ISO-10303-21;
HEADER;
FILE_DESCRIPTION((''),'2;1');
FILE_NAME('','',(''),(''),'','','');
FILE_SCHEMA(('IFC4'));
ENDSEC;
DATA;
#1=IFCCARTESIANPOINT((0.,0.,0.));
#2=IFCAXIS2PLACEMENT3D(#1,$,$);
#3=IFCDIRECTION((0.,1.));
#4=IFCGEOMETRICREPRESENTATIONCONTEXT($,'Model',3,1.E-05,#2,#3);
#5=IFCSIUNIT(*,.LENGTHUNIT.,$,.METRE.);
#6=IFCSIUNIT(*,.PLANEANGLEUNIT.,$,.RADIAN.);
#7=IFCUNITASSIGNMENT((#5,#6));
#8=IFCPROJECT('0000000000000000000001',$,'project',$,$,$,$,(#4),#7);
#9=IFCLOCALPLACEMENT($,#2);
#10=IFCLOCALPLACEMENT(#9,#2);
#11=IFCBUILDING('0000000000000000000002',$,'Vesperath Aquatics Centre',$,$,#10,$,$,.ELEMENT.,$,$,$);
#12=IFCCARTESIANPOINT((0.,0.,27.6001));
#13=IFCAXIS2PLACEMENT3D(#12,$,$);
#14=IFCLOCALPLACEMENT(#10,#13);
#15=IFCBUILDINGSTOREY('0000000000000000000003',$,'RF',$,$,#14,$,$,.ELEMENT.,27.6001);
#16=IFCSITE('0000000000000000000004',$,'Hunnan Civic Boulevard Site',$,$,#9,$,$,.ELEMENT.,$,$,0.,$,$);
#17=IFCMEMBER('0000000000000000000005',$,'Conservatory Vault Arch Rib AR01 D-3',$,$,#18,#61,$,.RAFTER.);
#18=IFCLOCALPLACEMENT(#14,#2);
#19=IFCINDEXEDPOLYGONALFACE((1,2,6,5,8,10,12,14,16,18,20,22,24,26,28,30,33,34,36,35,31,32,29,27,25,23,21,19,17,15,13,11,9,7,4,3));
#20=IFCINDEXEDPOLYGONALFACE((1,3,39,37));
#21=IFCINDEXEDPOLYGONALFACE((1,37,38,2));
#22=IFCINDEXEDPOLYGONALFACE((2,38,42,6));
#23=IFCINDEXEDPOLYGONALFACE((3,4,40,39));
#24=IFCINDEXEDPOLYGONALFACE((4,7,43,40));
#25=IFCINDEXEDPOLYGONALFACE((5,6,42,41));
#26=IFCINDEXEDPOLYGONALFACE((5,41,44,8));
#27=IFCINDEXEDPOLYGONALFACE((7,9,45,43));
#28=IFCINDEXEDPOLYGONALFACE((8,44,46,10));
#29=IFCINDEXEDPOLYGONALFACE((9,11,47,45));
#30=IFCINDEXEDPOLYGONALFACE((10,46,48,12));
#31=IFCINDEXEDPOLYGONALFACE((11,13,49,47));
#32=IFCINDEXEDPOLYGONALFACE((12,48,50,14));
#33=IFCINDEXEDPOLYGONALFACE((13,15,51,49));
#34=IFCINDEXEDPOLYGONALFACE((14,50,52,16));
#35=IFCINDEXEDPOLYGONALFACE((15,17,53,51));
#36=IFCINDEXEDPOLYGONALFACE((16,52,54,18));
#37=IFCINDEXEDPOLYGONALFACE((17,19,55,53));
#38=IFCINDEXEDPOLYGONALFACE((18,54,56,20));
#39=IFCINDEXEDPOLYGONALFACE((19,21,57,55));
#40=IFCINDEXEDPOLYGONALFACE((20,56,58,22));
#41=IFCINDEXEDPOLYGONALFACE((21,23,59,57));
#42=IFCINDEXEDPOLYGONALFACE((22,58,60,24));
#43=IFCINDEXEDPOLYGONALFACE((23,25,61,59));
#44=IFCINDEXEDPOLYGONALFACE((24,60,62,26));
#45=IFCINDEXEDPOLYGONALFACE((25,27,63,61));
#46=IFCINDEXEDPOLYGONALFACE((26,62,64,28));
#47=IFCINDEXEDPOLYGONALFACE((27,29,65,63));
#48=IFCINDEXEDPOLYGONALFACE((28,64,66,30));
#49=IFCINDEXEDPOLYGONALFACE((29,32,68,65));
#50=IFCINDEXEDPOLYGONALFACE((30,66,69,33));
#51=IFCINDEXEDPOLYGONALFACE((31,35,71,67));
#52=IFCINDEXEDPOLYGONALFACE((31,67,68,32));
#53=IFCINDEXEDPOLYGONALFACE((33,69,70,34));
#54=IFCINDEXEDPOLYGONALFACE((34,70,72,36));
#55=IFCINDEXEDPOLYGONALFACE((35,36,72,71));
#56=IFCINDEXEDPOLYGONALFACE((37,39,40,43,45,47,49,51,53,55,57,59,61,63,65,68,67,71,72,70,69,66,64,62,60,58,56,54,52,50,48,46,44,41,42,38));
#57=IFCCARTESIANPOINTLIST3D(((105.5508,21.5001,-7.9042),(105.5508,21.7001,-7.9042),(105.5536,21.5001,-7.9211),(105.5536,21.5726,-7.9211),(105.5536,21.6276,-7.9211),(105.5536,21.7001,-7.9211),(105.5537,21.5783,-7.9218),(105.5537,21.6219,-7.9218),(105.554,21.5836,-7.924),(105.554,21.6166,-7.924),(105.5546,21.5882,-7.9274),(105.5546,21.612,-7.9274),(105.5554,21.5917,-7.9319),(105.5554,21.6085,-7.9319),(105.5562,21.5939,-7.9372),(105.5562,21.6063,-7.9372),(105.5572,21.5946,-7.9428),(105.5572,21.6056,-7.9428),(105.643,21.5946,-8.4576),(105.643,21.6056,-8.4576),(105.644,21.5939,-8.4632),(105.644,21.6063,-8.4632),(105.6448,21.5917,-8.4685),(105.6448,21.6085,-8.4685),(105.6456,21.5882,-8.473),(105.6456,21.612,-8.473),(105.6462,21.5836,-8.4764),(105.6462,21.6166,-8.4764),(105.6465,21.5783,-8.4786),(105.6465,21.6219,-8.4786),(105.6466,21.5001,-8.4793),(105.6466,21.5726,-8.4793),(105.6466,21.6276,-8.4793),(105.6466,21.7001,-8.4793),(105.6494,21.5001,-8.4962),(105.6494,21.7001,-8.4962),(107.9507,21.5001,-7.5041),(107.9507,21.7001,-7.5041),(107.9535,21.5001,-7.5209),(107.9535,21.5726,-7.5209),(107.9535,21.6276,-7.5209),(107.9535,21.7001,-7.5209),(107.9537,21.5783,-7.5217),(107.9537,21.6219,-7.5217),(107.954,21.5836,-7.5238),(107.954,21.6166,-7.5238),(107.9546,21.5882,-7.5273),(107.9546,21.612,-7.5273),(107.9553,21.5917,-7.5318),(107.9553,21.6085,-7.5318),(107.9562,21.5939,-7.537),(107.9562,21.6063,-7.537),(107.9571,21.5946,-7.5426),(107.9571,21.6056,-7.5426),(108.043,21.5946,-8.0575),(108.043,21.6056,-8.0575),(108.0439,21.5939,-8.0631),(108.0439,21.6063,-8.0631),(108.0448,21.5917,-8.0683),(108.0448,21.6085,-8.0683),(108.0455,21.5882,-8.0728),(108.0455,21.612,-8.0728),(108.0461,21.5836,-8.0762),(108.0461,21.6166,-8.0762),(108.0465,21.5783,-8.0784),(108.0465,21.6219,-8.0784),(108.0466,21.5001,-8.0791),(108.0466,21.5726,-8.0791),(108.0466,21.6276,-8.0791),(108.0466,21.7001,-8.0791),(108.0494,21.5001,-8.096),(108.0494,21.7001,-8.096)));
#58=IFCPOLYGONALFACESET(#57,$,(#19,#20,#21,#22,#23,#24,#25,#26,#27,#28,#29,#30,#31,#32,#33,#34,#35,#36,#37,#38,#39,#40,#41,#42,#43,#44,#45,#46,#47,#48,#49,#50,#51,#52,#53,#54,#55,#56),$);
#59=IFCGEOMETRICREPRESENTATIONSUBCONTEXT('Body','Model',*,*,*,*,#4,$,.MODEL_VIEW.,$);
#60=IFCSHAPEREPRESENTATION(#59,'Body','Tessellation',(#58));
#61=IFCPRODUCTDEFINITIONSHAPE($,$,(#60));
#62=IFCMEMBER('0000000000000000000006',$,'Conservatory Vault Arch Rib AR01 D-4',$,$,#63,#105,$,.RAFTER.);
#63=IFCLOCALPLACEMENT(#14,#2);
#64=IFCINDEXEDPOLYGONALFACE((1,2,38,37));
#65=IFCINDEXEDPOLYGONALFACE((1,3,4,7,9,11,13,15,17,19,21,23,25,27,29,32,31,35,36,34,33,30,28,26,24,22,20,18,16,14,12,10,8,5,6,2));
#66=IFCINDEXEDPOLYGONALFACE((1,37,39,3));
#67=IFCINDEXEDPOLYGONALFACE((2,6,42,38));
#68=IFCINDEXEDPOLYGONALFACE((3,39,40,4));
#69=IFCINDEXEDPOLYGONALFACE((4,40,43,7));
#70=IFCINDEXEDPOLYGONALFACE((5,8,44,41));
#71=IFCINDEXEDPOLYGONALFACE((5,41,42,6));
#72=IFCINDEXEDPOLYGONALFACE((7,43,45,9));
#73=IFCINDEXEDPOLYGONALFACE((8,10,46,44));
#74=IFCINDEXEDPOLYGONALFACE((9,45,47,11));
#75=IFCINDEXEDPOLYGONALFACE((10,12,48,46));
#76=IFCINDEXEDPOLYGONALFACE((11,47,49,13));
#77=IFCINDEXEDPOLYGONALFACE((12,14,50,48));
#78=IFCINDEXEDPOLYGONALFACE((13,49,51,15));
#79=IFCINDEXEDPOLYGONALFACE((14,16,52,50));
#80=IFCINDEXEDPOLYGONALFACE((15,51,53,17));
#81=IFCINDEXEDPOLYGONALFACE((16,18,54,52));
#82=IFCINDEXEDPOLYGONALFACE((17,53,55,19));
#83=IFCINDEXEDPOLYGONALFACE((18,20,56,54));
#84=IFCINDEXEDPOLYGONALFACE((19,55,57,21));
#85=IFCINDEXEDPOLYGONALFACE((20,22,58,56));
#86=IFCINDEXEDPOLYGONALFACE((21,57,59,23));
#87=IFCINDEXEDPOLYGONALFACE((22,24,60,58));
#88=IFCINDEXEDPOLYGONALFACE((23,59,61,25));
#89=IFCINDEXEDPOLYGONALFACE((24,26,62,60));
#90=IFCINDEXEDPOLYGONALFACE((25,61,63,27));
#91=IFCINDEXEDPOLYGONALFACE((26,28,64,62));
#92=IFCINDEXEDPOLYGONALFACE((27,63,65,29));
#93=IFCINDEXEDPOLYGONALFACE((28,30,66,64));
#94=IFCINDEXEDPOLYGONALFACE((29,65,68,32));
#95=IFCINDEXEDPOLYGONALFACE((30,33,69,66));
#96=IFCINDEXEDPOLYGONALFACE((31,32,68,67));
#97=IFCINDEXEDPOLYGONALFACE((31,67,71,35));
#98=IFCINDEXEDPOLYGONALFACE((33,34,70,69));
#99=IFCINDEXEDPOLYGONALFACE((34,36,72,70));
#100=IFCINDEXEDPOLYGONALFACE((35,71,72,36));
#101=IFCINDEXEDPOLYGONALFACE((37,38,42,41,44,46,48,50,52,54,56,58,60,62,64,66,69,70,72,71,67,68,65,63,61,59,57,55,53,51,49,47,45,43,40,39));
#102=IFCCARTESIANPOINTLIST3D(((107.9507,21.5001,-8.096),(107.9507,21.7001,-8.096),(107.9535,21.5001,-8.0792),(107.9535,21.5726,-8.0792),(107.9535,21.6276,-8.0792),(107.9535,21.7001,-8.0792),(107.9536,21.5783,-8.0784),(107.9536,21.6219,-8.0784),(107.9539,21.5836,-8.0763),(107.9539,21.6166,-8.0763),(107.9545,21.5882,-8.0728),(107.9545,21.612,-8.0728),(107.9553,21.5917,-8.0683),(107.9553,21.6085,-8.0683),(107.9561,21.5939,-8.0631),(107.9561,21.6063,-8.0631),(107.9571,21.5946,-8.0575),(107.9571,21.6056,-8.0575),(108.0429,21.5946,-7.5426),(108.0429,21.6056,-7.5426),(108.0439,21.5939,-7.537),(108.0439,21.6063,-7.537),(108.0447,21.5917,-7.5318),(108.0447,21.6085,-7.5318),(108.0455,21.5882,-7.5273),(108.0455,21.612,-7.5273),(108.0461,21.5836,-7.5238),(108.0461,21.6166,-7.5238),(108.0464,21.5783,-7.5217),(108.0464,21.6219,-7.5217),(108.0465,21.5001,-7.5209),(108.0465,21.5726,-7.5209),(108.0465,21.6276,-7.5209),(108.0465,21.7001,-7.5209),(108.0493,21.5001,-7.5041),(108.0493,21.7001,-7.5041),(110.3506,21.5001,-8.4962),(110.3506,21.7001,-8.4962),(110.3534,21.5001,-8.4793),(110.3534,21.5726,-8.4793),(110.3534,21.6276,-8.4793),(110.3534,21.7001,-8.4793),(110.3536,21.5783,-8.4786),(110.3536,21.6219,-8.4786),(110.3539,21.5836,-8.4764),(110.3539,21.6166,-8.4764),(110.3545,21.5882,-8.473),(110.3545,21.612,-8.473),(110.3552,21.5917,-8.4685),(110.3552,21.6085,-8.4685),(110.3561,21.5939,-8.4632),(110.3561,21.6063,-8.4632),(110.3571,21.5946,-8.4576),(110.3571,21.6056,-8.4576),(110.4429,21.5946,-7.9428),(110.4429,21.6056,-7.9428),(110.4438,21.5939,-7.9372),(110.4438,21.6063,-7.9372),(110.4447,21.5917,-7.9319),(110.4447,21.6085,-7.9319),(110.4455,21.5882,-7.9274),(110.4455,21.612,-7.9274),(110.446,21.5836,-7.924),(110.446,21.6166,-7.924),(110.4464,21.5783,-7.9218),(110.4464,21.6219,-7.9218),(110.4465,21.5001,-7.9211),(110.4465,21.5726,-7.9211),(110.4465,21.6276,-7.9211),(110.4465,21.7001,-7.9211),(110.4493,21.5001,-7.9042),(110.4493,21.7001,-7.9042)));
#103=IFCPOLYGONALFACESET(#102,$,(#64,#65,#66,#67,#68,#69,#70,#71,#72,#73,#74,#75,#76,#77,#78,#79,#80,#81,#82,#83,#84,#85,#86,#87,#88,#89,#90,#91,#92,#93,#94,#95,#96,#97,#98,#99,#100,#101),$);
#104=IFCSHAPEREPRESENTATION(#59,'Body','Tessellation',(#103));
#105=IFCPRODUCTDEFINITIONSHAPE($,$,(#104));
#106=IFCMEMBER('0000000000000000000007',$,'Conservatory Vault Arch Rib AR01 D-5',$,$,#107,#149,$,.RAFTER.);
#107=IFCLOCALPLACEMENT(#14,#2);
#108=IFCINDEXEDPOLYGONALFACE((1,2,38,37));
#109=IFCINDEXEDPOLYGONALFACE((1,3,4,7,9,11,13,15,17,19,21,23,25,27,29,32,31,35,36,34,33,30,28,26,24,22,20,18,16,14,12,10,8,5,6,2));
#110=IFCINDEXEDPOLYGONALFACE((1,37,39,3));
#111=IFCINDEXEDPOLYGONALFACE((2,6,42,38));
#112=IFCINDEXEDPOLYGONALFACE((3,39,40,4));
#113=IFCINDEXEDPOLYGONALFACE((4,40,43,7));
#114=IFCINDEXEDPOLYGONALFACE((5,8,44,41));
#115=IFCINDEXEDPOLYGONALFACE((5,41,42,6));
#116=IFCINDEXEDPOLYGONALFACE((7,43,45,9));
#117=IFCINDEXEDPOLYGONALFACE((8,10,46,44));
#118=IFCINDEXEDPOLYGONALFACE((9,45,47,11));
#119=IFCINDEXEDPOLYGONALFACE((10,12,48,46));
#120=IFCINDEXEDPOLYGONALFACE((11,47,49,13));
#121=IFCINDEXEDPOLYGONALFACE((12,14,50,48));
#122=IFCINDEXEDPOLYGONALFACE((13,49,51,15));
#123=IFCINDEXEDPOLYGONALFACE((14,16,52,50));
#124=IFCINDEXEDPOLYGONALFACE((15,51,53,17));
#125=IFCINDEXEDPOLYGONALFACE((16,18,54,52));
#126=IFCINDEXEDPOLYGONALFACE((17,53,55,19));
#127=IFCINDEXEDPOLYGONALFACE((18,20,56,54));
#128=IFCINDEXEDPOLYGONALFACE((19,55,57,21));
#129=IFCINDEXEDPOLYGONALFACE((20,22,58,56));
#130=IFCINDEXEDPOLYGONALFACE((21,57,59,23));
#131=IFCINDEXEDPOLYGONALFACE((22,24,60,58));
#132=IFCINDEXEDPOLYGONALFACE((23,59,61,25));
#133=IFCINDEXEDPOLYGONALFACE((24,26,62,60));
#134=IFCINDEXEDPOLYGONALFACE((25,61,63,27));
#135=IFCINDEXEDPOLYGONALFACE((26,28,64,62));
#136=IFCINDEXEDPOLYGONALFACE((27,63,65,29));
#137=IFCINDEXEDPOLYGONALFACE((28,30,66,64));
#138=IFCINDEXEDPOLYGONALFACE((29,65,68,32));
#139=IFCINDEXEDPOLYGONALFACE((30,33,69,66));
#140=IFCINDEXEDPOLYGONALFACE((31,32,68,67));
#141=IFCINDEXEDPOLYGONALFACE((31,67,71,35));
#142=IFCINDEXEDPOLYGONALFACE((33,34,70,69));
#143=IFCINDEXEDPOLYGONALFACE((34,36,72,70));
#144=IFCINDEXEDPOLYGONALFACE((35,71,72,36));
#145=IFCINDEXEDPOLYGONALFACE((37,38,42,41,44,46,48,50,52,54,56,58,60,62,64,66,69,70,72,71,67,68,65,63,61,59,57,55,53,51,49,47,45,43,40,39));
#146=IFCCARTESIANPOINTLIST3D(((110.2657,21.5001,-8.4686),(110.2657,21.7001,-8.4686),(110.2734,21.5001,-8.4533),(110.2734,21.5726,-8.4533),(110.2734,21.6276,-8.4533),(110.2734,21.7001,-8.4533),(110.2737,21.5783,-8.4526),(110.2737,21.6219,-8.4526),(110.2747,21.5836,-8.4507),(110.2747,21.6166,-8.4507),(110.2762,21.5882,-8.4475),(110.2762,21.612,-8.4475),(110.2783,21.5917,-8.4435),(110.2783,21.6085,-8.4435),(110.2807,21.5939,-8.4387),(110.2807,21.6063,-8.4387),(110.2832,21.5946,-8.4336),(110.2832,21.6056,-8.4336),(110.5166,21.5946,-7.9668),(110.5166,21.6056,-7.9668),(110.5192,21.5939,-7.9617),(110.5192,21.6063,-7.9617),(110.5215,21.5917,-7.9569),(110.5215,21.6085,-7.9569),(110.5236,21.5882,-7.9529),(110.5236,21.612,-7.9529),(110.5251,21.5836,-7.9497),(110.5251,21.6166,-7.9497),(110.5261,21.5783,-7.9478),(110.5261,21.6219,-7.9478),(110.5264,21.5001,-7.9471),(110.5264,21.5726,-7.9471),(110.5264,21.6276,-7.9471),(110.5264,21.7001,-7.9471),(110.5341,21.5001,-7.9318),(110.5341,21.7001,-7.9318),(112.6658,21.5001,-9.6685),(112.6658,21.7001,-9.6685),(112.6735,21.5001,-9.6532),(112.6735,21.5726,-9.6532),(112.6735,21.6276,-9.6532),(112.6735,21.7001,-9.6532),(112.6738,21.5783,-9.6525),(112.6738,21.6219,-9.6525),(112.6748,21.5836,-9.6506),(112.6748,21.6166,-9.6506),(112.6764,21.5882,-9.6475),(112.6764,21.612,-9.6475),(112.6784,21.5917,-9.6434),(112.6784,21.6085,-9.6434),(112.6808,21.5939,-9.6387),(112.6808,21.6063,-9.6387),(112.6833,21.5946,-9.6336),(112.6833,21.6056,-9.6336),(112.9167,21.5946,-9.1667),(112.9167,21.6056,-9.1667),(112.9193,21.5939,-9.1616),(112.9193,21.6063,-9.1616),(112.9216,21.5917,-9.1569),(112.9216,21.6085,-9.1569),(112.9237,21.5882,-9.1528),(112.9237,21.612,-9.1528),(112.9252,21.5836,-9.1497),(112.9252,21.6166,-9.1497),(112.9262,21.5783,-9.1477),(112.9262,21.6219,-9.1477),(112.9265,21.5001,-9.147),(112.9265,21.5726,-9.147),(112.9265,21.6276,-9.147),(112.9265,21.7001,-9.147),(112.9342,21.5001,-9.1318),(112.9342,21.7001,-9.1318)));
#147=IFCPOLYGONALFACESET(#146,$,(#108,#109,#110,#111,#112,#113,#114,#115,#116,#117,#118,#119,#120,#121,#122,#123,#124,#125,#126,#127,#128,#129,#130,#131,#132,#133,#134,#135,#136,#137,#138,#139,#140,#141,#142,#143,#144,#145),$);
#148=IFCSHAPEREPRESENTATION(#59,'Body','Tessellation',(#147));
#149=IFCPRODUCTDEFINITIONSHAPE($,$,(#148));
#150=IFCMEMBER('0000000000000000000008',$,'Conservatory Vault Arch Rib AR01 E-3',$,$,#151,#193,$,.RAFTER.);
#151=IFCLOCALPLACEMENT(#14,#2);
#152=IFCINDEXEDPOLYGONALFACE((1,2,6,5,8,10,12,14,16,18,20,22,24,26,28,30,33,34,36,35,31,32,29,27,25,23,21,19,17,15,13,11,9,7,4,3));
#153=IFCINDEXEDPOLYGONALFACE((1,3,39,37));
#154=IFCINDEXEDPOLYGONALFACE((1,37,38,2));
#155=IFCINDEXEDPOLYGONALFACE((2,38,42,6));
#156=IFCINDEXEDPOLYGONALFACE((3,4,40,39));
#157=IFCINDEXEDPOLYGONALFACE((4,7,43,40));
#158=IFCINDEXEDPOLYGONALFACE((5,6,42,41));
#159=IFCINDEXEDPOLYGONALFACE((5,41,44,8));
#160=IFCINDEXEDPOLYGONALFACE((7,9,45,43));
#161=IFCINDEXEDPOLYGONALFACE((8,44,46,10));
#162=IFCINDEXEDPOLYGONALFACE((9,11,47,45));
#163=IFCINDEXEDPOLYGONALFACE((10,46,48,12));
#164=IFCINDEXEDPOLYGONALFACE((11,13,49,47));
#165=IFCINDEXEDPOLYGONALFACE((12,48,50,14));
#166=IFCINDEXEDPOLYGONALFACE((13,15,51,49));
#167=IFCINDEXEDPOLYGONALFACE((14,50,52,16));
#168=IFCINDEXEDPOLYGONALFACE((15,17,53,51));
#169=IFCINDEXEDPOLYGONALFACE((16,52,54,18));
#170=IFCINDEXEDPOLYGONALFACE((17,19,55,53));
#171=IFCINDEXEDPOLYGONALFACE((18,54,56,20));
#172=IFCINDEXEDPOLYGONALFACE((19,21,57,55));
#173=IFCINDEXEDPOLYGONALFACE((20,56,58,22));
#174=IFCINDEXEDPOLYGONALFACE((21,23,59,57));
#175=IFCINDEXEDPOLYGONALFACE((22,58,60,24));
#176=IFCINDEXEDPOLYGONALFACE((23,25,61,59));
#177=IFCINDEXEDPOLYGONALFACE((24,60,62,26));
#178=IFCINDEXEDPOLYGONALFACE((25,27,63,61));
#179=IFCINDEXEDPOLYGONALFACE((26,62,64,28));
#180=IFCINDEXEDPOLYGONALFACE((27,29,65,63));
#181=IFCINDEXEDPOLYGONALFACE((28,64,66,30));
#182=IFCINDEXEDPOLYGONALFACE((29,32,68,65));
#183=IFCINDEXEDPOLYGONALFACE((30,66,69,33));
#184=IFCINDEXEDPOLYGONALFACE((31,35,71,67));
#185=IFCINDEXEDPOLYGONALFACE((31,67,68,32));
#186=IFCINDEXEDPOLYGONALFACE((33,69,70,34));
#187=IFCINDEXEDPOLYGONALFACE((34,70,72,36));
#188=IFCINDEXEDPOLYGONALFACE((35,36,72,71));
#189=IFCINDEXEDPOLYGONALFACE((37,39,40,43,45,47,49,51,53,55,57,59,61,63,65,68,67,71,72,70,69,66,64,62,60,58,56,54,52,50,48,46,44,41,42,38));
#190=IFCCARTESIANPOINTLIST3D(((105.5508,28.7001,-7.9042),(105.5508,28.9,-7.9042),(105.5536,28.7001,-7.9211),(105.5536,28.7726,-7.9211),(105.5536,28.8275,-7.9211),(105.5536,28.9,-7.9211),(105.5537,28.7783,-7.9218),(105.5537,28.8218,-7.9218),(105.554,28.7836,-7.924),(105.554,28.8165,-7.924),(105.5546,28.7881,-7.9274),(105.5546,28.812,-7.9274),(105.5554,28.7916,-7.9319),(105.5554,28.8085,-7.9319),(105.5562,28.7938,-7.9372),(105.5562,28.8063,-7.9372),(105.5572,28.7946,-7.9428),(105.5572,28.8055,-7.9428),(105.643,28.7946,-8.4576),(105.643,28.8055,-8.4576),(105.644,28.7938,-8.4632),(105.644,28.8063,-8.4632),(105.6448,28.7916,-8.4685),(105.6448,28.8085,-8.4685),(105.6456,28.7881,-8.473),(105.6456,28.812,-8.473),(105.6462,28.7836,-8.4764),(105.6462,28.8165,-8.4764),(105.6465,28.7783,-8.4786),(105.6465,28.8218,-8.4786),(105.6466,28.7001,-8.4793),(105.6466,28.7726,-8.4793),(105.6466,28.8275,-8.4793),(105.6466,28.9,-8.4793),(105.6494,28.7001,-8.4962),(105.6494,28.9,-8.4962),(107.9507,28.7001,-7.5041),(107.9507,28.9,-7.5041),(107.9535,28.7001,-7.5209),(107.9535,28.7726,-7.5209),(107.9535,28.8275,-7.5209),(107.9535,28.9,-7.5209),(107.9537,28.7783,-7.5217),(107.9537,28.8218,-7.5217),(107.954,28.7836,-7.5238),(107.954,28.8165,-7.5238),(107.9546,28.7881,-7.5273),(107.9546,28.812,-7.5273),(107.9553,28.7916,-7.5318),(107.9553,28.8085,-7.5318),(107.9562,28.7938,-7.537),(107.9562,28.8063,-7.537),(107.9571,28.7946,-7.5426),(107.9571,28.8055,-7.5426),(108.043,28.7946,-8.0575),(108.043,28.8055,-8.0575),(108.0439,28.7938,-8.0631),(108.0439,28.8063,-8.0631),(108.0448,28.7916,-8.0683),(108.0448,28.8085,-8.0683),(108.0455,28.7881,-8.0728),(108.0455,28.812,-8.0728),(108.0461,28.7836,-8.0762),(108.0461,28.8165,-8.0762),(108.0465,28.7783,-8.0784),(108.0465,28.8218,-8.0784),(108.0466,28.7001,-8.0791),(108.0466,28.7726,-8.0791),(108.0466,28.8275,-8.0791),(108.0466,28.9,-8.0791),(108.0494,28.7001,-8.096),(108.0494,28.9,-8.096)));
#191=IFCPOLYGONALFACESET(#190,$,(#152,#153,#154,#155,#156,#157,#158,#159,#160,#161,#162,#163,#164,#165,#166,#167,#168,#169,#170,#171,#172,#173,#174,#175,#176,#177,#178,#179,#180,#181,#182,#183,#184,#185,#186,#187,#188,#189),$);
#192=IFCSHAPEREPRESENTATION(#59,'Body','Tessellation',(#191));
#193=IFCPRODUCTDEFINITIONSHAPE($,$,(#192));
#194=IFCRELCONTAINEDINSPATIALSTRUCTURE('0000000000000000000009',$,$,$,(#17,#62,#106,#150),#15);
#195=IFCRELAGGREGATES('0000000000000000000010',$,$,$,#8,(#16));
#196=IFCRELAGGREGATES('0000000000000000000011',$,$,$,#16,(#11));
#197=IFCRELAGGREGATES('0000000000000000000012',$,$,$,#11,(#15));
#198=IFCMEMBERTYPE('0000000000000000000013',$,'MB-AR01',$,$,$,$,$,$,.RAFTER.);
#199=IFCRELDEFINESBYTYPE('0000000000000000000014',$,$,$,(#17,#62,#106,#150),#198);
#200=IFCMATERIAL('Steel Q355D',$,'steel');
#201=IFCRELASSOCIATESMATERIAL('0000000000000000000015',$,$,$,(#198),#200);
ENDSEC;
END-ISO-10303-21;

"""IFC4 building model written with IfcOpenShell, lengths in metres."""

from ifc_helpers import new_model, si_unit, direction, frame, origin, origin_2d, place, context, subcontext, project, spatial, i_section, extrude, material, material_profile, profile_set, type_object, element, save


model = new_model("IFC4")

# Units and contexts
model_context = context("Model", 3, precision=1e-05, world=origin(), true_north=direction((0.0, 1.0)))
body_context = subcontext(model_context, "Body", "Model", "MODEL_VIEW")
ifc_project = project(units=[si_unit("LENGTHUNIT", "METRE"), si_unit("PLANEANGLEUNIT", "RADIAN")], contexts=[model_context])

# Site, building, storey
site_placement = place(None, origin())
site = spatial("IfcSite", under=ifc_project, at=site_placement, Name="Hunnan Civic Boulevard Site", CompositionType="ELEMENT", RefElevation=0.0)
building_placement = place(site_placement, origin())
building = spatial("IfcBuilding", under=site, at=building_placement, Name="Vesperath Aquatics Centre", CompositionType="ELEMENT")
storey_placement = place(building_placement, frame((0.0, 0.0, 27.6001)))
storey = spatial("IfcBuildingStorey", under=building, at=storey_placement, Name="RF", CompositionType="ELEMENT", Elevation=27.6001)

# Members
ifc_material_1 = material(Name="Steel Q355D", Category="steel")
ifc_material_profile_1 = material_profile(ifc_material_1, i_section(OverallWidth=0.2, OverallDepth=0.6001, WebThickness=0.011, FlangeThickness=0.0171, FilletRadius=0.022, at=origin_2d()), Name="HN 600x200x11x17")
ifc_profile_set_1 = profile_set([ifc_material_profile_1], Name="Steel Q355D")
member_type_1 = type_object("IfcMemberType", Name="MB-AR01", PredefinedType="RAFTER", material=ifc_profile_set_1)
for number, where, z_axis, x_axis, name in (
    (1, (105.6001, 21.6001, -8.2002), (0.986383, 0.0, 0.164464), (0.0, 1.0, 0.0), "Conservatory Vault Arch Rib AR01 D-3"),
    (2, (108.0, 21.6001, -7.8), (0.986383, 0.0, -0.164464), (0.0, 1.0, 0.0), "Conservatory Vault Arch Rib AR01 D-4"),
):
    element("IfcMember", number, at=place(storey_placement, frame(where, z_axis=z_axis, x_axis=x_axis)), inside=storey, type_object=member_type_1, Name=name, PredefinedType="RAFTER", context=body_context, shape_type="SweptSolid", body=[
        extrude(i_section(OverallWidth=0.2, OverallDepth=0.6001, WebThickness=0.011, FlangeThickness=0.0171, FilletRadius=0.022, at=origin_2d()), origin(), (0.0, 0.0, 1.0), 2.4331),
    ])
member_1_placement = place(storey_placement, frame((110.3999, 21.6001, -8.2002), z_axis=(0.894445, 0.0, -0.447177), x_axis=(0.0, 1.0, 0.0)))
element("IfcMember", 3, at=member_1_placement, inside=storey, type_object=member_type_1, Name="Conservatory Vault Arch Rib AR01 D-5", PredefinedType="RAFTER", context=body_context, shape_type="SweptSolid", body=[
    extrude(i_section(OverallWidth=0.2, OverallDepth=0.6001, WebThickness=0.011, FlangeThickness=0.0171, FilletRadius=0.022, at=origin_2d()), origin(), (0.0, 0.0, 1.0), 2.6833),
])
for number, where, z_axis, x_axis, name in (
    (4, (105.6001, 28.8, -8.2002), (0.986383, 0.0, 0.164464), (0.0, 1.0, 0.0), "Conservatory Vault Arch Rib AR01 E-3"),
):
    element("IfcMember", number, at=place(storey_placement, frame(where, z_axis=z_axis, x_axis=x_axis)), inside=storey, type_object=member_type_1, Name=name, PredefinedType="RAFTER", context=body_context, shape_type="SweptSolid", body=[
        extrude(i_section(OverallWidth=0.2, OverallDepth=0.6001, WebThickness=0.011, FlangeThickness=0.0171, FilletRadius=0.022, at=origin_2d()), origin(), (0.0, 0.0, 1.0), 2.4331),
    ])

save(model, "model.ifc")
